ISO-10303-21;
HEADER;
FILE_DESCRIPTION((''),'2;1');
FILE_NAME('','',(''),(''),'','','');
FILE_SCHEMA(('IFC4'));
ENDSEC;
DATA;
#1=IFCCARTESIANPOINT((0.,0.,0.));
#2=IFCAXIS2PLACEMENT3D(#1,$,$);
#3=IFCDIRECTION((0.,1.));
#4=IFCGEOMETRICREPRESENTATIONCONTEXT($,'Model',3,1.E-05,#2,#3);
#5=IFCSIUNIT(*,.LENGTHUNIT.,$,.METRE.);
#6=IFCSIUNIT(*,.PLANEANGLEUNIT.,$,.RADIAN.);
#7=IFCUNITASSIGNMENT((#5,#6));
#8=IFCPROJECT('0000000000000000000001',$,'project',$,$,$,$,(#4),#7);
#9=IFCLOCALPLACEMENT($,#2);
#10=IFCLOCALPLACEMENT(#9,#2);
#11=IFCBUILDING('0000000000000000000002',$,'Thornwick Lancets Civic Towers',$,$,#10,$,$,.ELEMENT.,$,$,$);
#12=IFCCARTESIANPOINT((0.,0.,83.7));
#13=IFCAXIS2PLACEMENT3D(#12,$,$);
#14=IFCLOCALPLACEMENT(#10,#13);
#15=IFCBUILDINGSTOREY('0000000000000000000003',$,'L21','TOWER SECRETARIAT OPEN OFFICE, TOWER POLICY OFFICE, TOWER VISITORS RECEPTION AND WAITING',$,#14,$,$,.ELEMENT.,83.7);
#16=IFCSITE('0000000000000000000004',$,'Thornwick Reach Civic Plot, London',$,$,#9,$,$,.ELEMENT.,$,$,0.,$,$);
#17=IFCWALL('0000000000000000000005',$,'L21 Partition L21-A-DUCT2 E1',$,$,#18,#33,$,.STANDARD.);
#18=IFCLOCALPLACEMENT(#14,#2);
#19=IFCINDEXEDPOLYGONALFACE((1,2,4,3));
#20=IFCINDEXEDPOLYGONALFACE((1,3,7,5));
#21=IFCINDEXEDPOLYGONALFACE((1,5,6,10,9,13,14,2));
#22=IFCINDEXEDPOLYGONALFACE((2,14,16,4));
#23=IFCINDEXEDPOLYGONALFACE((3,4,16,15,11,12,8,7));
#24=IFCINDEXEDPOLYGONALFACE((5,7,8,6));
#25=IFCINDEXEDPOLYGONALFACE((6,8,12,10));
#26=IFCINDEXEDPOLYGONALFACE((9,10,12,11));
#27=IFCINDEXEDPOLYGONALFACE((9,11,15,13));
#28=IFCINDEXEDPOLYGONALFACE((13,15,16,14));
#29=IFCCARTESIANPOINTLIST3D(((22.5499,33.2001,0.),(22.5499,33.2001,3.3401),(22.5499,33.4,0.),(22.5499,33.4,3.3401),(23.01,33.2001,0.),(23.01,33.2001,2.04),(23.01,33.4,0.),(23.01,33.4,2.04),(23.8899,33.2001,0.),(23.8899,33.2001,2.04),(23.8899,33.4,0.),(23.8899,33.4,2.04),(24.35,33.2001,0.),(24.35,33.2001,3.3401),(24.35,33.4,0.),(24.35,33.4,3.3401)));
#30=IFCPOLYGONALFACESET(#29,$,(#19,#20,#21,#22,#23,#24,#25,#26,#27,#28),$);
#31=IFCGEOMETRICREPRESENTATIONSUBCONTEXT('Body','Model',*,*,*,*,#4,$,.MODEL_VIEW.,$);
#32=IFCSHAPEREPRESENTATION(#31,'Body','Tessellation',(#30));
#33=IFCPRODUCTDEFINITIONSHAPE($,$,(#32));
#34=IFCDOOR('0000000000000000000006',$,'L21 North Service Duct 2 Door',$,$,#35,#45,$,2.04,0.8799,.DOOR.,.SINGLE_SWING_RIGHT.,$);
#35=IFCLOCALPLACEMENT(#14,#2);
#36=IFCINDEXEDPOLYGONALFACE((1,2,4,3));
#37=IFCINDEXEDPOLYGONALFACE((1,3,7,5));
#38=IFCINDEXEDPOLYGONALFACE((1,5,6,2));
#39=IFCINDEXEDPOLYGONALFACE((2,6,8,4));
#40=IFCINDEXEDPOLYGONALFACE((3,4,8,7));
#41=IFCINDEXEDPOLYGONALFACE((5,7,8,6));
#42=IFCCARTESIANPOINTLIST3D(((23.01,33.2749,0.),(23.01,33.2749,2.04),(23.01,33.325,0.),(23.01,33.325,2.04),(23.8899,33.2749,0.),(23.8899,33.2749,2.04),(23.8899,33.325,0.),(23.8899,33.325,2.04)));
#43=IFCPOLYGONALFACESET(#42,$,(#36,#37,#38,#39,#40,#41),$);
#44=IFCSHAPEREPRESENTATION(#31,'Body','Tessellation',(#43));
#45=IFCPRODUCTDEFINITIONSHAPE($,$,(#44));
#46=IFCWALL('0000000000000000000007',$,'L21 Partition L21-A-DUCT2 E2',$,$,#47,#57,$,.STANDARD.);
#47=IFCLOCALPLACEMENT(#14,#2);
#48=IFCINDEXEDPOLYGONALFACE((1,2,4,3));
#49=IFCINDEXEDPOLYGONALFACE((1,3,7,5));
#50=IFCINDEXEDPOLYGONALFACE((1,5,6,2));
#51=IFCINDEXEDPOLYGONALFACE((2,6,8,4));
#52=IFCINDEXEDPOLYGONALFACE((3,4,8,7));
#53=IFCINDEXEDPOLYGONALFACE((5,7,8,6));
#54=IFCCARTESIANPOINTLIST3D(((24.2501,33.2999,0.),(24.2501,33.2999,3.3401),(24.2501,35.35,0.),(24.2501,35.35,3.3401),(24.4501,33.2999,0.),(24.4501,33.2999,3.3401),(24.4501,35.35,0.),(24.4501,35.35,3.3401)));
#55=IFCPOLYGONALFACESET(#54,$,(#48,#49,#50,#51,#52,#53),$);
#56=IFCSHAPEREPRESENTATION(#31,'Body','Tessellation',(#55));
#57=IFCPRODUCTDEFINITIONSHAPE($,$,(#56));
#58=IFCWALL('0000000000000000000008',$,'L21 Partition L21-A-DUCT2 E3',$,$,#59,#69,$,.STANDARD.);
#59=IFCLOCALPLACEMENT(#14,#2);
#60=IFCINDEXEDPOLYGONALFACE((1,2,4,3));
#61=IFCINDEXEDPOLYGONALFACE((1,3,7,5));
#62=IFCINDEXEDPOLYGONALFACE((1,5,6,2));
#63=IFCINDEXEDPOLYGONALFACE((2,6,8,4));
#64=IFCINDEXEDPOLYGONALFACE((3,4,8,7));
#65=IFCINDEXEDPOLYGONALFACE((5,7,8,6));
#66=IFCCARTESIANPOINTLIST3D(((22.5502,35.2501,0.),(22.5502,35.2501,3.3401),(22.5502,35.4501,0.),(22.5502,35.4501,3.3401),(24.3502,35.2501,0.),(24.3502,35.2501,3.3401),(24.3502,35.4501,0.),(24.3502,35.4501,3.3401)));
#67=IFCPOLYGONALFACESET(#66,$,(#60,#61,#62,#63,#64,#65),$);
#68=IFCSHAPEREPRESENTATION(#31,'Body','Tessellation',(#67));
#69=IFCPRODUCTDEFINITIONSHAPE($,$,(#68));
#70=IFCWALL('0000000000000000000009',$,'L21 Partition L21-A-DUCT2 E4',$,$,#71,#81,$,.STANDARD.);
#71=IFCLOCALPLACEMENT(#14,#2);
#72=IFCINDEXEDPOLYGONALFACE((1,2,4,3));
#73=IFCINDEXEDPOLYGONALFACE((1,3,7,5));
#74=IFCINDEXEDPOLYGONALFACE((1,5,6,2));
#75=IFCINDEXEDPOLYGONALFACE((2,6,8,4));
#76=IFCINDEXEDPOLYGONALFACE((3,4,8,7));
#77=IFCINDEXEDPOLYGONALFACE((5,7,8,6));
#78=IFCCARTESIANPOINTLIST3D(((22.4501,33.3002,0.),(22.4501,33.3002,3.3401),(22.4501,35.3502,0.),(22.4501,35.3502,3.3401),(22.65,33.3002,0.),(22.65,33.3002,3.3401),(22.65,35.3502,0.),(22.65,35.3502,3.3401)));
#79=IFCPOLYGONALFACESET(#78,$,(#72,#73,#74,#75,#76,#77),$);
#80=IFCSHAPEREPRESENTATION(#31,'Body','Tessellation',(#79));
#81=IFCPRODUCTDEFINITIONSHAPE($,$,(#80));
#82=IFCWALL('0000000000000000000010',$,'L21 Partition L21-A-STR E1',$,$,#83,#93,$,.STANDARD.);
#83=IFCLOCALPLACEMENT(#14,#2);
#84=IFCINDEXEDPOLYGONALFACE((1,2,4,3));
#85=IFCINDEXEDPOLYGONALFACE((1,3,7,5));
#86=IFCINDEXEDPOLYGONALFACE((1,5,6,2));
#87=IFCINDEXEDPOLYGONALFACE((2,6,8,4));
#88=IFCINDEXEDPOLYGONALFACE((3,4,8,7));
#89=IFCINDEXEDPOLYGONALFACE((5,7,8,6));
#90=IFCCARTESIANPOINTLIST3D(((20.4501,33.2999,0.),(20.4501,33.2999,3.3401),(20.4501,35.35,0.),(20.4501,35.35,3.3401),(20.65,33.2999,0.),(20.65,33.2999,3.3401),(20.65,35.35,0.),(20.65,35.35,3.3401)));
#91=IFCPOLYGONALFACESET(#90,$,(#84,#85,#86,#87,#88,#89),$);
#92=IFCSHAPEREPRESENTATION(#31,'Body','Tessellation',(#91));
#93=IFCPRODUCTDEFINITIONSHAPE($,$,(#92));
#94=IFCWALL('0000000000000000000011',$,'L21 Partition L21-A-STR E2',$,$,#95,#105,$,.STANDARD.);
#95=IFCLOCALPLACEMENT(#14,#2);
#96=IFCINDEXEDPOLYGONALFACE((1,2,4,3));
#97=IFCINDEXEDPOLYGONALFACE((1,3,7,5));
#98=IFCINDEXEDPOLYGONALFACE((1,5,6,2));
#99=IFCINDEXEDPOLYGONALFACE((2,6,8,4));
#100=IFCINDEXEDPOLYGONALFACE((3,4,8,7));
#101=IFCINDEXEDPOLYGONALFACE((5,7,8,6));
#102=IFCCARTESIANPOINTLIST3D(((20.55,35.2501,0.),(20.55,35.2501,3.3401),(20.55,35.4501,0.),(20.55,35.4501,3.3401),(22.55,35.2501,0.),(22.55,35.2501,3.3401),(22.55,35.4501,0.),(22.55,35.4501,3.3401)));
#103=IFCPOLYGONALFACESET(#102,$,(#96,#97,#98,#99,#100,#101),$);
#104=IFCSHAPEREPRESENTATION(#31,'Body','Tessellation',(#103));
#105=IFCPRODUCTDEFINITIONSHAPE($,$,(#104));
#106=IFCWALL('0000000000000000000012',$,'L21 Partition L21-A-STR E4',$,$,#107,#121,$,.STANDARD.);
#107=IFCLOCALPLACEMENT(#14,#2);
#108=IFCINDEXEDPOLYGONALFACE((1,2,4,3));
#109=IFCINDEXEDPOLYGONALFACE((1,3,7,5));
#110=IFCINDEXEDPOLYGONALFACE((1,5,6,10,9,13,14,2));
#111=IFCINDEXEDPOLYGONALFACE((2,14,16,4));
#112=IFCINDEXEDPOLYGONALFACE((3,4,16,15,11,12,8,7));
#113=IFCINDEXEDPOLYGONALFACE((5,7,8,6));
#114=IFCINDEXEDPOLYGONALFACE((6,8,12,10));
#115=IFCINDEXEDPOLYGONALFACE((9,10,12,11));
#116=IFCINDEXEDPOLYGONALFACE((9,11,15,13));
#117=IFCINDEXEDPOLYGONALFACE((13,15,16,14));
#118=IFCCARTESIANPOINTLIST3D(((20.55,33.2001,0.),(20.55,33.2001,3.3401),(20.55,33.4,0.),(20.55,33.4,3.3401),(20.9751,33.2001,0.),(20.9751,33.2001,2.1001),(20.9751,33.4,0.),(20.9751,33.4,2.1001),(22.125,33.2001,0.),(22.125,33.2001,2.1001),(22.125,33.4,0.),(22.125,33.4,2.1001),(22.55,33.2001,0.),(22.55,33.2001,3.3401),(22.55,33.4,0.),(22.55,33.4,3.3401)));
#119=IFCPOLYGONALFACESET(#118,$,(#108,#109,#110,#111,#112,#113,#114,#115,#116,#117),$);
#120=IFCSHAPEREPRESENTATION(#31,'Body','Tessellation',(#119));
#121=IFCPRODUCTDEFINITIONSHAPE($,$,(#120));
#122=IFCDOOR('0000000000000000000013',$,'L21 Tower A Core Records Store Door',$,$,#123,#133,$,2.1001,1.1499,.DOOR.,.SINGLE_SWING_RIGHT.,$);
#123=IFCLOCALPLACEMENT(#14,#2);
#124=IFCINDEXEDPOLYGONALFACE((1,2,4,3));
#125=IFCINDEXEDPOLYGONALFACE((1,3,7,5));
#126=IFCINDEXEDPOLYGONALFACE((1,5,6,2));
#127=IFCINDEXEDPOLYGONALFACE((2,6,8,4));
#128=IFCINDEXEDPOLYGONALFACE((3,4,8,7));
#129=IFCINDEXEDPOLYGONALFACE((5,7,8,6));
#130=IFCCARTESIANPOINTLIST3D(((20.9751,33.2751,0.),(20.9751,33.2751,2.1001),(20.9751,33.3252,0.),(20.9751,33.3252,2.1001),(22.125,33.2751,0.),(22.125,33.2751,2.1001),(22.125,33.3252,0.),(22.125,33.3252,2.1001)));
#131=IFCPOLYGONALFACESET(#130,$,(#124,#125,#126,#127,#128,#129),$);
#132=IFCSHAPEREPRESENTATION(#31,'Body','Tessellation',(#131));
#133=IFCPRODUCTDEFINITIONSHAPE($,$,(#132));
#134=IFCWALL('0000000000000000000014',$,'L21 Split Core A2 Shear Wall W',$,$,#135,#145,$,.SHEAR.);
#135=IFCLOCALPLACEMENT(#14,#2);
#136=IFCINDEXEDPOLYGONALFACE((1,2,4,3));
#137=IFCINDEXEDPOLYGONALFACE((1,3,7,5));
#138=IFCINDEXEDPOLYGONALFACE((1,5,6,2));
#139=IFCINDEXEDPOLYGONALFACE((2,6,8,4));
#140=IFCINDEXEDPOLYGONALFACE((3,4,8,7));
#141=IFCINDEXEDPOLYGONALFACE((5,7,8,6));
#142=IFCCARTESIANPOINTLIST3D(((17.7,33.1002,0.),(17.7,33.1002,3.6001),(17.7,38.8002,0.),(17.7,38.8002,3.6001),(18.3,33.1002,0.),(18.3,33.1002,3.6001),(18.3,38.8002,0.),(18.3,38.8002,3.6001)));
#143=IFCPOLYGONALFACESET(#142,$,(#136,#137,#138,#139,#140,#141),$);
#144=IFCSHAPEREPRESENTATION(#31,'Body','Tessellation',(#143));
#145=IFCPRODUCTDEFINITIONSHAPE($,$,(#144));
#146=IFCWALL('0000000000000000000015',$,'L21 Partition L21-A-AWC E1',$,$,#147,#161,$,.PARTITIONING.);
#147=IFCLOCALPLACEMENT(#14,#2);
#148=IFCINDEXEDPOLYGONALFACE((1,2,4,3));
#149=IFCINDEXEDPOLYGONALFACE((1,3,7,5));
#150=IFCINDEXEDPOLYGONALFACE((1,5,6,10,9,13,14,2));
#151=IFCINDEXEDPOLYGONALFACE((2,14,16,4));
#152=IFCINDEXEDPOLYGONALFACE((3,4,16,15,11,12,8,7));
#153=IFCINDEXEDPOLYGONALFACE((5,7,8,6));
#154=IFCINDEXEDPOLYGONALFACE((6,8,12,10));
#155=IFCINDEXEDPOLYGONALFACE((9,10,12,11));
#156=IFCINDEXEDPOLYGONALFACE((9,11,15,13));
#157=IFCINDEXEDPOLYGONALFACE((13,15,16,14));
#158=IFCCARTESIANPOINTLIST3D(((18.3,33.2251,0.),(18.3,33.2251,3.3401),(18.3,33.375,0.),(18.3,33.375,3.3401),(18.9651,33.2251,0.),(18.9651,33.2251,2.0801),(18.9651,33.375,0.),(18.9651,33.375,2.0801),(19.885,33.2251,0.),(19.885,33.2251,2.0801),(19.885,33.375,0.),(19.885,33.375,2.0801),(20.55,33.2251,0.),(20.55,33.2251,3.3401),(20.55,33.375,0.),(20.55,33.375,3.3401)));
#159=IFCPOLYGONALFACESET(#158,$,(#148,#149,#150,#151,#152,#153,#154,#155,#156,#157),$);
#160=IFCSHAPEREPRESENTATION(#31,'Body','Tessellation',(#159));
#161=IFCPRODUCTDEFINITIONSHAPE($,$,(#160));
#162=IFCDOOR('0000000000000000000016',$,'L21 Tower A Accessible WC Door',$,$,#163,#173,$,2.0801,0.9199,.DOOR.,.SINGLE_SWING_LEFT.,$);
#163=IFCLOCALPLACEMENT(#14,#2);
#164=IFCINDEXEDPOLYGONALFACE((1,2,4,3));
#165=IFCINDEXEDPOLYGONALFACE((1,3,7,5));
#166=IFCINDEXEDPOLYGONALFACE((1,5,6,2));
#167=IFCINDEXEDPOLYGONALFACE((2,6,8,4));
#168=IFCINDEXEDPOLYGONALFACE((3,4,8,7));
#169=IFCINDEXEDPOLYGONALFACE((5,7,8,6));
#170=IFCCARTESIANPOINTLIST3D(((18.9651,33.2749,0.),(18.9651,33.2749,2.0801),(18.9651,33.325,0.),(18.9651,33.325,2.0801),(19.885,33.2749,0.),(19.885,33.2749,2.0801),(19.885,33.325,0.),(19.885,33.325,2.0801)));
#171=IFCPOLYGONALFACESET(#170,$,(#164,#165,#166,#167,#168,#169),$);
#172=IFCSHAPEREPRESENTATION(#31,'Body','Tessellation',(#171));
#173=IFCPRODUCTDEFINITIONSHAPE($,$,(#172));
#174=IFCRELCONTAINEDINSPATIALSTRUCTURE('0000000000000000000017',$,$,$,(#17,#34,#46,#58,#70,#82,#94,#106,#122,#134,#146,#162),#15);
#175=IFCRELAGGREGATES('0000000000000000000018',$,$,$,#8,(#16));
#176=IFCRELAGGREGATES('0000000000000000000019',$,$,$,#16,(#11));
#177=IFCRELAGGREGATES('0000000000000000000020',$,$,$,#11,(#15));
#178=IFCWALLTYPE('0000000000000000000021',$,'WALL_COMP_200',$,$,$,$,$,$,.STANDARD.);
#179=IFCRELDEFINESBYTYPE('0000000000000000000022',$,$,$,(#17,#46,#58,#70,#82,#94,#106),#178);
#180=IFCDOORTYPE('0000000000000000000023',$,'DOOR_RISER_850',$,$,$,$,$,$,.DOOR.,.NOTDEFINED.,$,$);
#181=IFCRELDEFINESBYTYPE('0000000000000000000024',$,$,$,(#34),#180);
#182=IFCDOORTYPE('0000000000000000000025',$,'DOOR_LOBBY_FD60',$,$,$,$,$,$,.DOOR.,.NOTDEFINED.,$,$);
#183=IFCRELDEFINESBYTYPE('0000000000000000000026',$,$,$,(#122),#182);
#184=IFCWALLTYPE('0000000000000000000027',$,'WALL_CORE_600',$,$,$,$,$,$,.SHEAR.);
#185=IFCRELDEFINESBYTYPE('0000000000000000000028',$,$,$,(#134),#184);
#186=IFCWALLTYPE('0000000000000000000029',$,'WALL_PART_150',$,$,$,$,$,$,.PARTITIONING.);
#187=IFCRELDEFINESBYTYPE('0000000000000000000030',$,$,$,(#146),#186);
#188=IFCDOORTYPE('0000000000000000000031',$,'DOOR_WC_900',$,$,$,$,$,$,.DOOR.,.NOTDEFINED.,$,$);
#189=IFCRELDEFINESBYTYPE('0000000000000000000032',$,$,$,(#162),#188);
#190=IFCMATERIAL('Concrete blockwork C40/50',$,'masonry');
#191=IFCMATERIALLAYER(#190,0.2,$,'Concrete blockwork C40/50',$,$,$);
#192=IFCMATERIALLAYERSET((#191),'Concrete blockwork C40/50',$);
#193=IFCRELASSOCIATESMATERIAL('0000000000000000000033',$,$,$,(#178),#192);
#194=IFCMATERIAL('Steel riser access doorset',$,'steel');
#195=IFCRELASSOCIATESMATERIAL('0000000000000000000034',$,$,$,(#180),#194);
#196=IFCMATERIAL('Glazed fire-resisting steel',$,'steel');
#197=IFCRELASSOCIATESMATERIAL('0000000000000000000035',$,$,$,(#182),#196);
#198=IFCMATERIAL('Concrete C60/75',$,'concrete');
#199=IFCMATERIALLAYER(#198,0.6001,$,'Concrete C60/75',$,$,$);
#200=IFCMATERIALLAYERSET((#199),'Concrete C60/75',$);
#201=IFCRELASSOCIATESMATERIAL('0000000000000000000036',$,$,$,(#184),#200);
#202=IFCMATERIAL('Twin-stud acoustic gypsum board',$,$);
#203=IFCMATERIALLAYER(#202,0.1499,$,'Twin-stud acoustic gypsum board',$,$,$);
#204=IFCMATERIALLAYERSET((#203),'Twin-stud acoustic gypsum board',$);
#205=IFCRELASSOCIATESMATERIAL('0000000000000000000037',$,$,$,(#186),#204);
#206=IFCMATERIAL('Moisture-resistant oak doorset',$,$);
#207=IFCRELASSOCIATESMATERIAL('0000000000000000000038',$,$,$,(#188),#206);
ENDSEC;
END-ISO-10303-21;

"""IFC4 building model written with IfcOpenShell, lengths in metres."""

from ifc_helpers import new_model, si_unit, direction, frame, frame_2d, origin, place, context, subcontext, project, spatial, rectangle, extrude, material, layer, layer_set, type_object, element, fill, save


model = new_model("IFC4")

# Units and contexts
model_context = context("Model", 3, precision=1e-05, world=origin(), true_north=direction((0.0, 1.0)))
body_context = subcontext(model_context, "Body", "Model", "MODEL_VIEW")
ifc_project = project(units=[si_unit("LENGTHUNIT", "METRE"), si_unit("PLANEANGLEUNIT", "RADIAN")], contexts=[model_context])

# Site, building, storey
site_placement = place(None, origin())
site = spatial("IfcSite", under=ifc_project, at=site_placement, Name="Thornwick Reach Civic Plot, London", CompositionType="ELEMENT", RefElevation=0.0)
building_placement = place(site_placement, origin())
building = spatial("IfcBuilding", under=site, at=building_placement, Name="Thornwick Lancets Civic Towers", CompositionType="ELEMENT")
storey_placement = place(building_placement, frame((0.0, 0.0, 83.7)))
storey = spatial("IfcBuildingStorey", under=building, at=storey_placement, Name="L21", Description="TOWER SECRETARIAT OPEN OFFICE, TOWER POLICY OFFICE, TOWER VISITORS RECEPTION AND WAITING", CompositionType="ELEMENT", Elevation=83.7)

# Shared definitions
ifc_material_1 = material(Name="Concrete C60/75", Category="concrete")

# Shared definitions
ifc_material_2 = material(Name="Concrete blockwork C40/50", Category="masonry")
ifc_layer_1 = layer(ifc_material_2, 0.2, Name="Concrete blockwork C40/50")
ifc_layer_set_1 = layer_set([ifc_layer_1], Name="Concrete blockwork C40/50")
wall_type_1 = type_object("IfcWallType", Name="WALL_COMP_200", PredefinedType="STANDARD", material=ifc_layer_set_1)

# Wall, opening, door
wall_1_placement = place(storey_placement, frame((22.55, 33.3, 0.0), z_axis=(0.0, 0.0, 1.0), x_axis=(1.0, 0.0, 0.0)))
wall_1 = element("IfcWall", 1, at=wall_1_placement, inside=storey, type_object=wall_type_1, Name="L21 Partition L21-A-DUCT2 E1", PredefinedType="STANDARD", context=body_context, shape_type="SweptSolid", body=[
    extrude(rectangle(XDim=1.8, YDim=0.2, at=frame_2d((0.8999, 0.0))), origin(), (0.0, 0.0, 1.0), 3.3401),
])
opening_1_placement = place(wall_1_placement, frame((0.46, 0.0, 0.0)))
opening_1 = element("IfcOpeningElement", 2, at=opening_1_placement, cuts=wall_1, PredefinedType="OPENING", context=body_context, shape_type="SweptSolid", body=[
    extrude(rectangle(XDim=0.8799, YDim=2.04, at=frame_2d((0.4399, 1.02))), frame((0.0, 0.1099, 0.0), z_axis=(0.0, -1.0, 0.0), x_axis=(1.0, 0.0, 0.0)), (0.0, 0.0, 1.0), 0.22),
])
ifc_material_3 = material(Name="Steel riser access doorset", Category="steel")
door_type_1 = type_object("IfcDoorType", Name="DOOR_RISER_850", OperationType="NOTDEFINED", PredefinedType="DOOR", material=ifc_material_3)
door_1_placement = place(opening_1_placement, origin())
door_1 = element("IfcDoor", 3, at=door_1_placement, inside=storey, type_object=door_type_1, Name="L21 North Service Duct 2 Door", OperationType="SINGLE_SWING_RIGHT", OverallHeight=2.04, OverallWidth=0.8799, PredefinedType="DOOR", context=body_context, shape_type="SweptSolid", body=[
    extrude(rectangle(XDim=0.8799, YDim=2.04, at=frame_2d((0.4399, 1.02))), frame((0.0, 0.0249, 0.0), z_axis=(0.0, -1.0, 0.0), x_axis=(1.0, 0.0, 0.0)), (0.0, 0.0, 1.0), 0.05),
])
fill(opening_1, door_1)

# Walls
wall_2_placement = place(storey_placement, frame((24.3501, 33.3, 0.0), z_axis=(0.0, 0.0, 1.0), x_axis=(0.0, 1.0, 0.0)))
element("IfcWall", 4, at=wall_2_placement, inside=storey, type_object=wall_type_1, Name="L21 Partition L21-A-DUCT2 E2", PredefinedType="STANDARD", context=body_context, shape_type="SweptSolid", body=[
    extrude(rectangle(XDim=2.05, YDim=0.2, at=frame_2d((1.0249, 0.0))), origin(), (0.0, 0.0, 1.0), 3.3401),
])
wall_3_placement = place(storey_placement, frame((24.3501, 35.3501, 0.0), z_axis=(0.0, 0.0, 1.0), x_axis=(-1.0, 0.0, 0.0)))
element("IfcWall", 5, at=wall_3_placement, inside=storey, type_object=wall_type_1, Name="L21 Partition L21-A-DUCT2 E3", PredefinedType="STANDARD", context=body_context, shape_type="SweptSolid", body=[
    extrude(rectangle(XDim=1.8, YDim=0.2, at=frame_2d((0.8999, 0.0))), origin(), (0.0, 0.0, 1.0), 3.3401),
])
for number, where, z_axis, x_axis, name in (
    (6, (22.55, 35.3501, 0.0), (0.0, 0.0, 1.0), (0.0, -1.0, 0.0), "L21 Partition L21-A-DUCT2 E4"),
    (7, (20.55, 33.3, 0.0), (0.0, 0.0, 1.0), (0.0, 1.0, 0.0), "L21 Partition L21-A-STR E1"),
):
    element("IfcWall", number, at=place(storey_placement, frame(where, z_axis=z_axis, x_axis=x_axis)), inside=storey, type_object=wall_type_1, Name=name, PredefinedType="STANDARD", context=body_context, shape_type="SweptSolid", body=[
        extrude(rectangle(XDim=2.05, YDim=0.2, at=frame_2d((1.0249, 0.0))), origin(), (0.0, 0.0, 1.0), 3.3401),
    ])
wall_4_placement = place(storey_placement, frame((20.55, 35.3501, 0.0), z_axis=(0.0, 0.0, 1.0), x_axis=(1.0, 0.0, 0.0)))
element("IfcWall", 8, at=wall_4_placement, inside=storey, type_object=wall_type_1, Name="L21 Partition L21-A-STR E2", PredefinedType="STANDARD", context=body_context, shape_type="SweptSolid", body=[
    extrude(rectangle(XDim=2.0, YDim=0.2, at=frame_2d((1.0, 0.0))), origin(), (0.0, 0.0, 1.0), 3.3401),
])

# Wall, opening, door
wall_5_placement = place(storey_placement, frame((22.55, 33.3, 0.0), z_axis=(0.0, 0.0, 1.0), x_axis=(-1.0, 0.0, 0.0)))
wall_5 = element("IfcWall", 9, at=wall_5_placement, inside=storey, type_object=wall_type_1, Name="L21 Partition L21-A-STR E4", PredefinedType="STANDARD", context=body_context, shape_type="SweptSolid", body=[
    extrude(rectangle(XDim=2.0, YDim=0.2, at=frame_2d((1.0, 0.0))), origin(), (0.0, 0.0, 1.0), 3.3401),
])
opening_2_placement = place(wall_5_placement, frame((0.425, 0.0, 0.0)))
opening_2 = element("IfcOpeningElement", 10, at=opening_2_placement, cuts=wall_5, PredefinedType="OPENING", context=body_context, shape_type="SweptSolid", body=[
    extrude(rectangle(XDim=1.1499, YDim=2.1001, at=frame_2d((0.575, 1.05))), frame((0.0, 0.1099, 0.0), z_axis=(0.0, -1.0, 0.0), x_axis=(1.0, 0.0, 0.0)), (0.0, 0.0, 1.0), 0.22),
])
ifc_material_4 = material(Name="Glazed fire-resisting steel", Category="steel")
door_type_2 = type_object("IfcDoorType", Name="DOOR_LOBBY_FD60", OperationType="NOTDEFINED", PredefinedType="DOOR", material=ifc_material_4)
door_2_placement = place(opening_2_placement, origin())
door_2 = element("IfcDoor", 11, at=door_2_placement, inside=storey, type_object=door_type_2, Name="L21 Tower A Core Records Store Door", OperationType="SINGLE_SWING_RIGHT", OverallHeight=2.1001, OverallWidth=1.1499, PredefinedType="DOOR", context=body_context, shape_type="SweptSolid", body=[
    extrude(rectangle(XDim=1.1499, YDim=2.1001, at=frame_2d((0.575, 1.05))), frame((0.0, 0.0249, 0.0), z_axis=(0.0, -1.0, 0.0), x_axis=(1.0, 0.0, 0.0)), (0.0, 0.0, 1.0), 0.05),
])
fill(opening_2, door_2)

# Wall
ifc_layer_2 = layer(ifc_material_1, 0.6001, Name="Concrete C60/75")
ifc_layer_set_2 = layer_set([ifc_layer_2], Name="Concrete C60/75")
wall_type_2 = type_object("IfcWallType", Name="WALL_CORE_600", PredefinedType="SHEAR", material=ifc_layer_set_2)
wall_6_placement = place(storey_placement, frame((18.0, 33.1001, 0.0), z_axis=(0.0, 0.0, 1.0), x_axis=(0.0, 1.0, 0.0)))
element("IfcWall", 12, at=wall_6_placement, inside=storey, type_object=wall_type_2, Name="L21 Split Core A2 Shear Wall W", PredefinedType="SHEAR", context=body_context, shape_type="SweptSolid", body=[
    extrude(rectangle(XDim=5.7, YDim=0.6001, at=frame_2d((2.8501, 0.0))), origin(), (0.0, 0.0, 1.0), 3.6001),
])

# Wall, opening, door
ifc_material_5 = material(Name="Twin-stud acoustic gypsum board")
ifc_layer_3 = layer(ifc_material_5, 0.1499, Name="Twin-stud acoustic gypsum board")
ifc_layer_set_3 = layer_set([ifc_layer_3], Name="Twin-stud acoustic gypsum board")
wall_type_3 = type_object("IfcWallType", Name="WALL_PART_150", PredefinedType="PARTITIONING", material=ifc_layer_set_3)
wall_7_placement = place(storey_placement, frame((18.3, 33.3, 0.0), z_axis=(0.0, 0.0, 1.0), x_axis=(1.0, 0.0, 0.0)))
wall_7 = element("IfcWall", 13, at=wall_7_placement, inside=storey, type_object=wall_type_3, Name="L21 Partition L21-A-AWC E1", PredefinedType="PARTITIONING", context=body_context, shape_type="SweptSolid", body=[
    extrude(rectangle(XDim=2.25, YDim=0.1499, at=frame_2d((1.125, 0.0))), origin(), (0.0, 0.0, 1.0), 3.3401),
])
opening_3_placement = place(wall_7_placement, frame((0.665, 0.0, 0.0)))
opening_3 = element("IfcOpeningElement", 14, at=opening_3_placement, cuts=wall_7, PredefinedType="OPENING", context=body_context, shape_type="SweptSolid", body=[
    extrude(rectangle(XDim=0.9199, YDim=2.0801, at=frame_2d((0.46, 1.04))), frame((0.0, 0.085, 0.0), z_axis=(0.0, -1.0, 0.0), x_axis=(1.0, 0.0, 0.0)), (0.0, 0.0, 1.0), 0.1699),
])
ifc_material_6 = material(Name="Moisture-resistant oak doorset")
door_type_3 = type_object("IfcDoorType", Name="DOOR_WC_900", OperationType="NOTDEFINED", PredefinedType="DOOR", material=ifc_material_6)
door_3_placement = place(opening_3_placement, origin())
door_3 = element("IfcDoor", 15, at=door_3_placement, inside=storey, type_object=door_type_3, Name="L21 Tower A Accessible WC Door", OperationType="SINGLE_SWING_LEFT", OverallHeight=2.0801, OverallWidth=0.9199, PredefinedType="DOOR", context=body_context, shape_type="SweptSolid", body=[
    extrude(rectangle(XDim=0.9199, YDim=2.0801, at=frame_2d((0.46, 1.04))), frame((0.0, 0.0249, 0.0), z_axis=(0.0, -1.0, 0.0), x_axis=(1.0, 0.0, 0.0)), (0.0, 0.0, 1.0), 0.05),
])
fill(opening_3, door_3)

save(model, "model.ifc")
